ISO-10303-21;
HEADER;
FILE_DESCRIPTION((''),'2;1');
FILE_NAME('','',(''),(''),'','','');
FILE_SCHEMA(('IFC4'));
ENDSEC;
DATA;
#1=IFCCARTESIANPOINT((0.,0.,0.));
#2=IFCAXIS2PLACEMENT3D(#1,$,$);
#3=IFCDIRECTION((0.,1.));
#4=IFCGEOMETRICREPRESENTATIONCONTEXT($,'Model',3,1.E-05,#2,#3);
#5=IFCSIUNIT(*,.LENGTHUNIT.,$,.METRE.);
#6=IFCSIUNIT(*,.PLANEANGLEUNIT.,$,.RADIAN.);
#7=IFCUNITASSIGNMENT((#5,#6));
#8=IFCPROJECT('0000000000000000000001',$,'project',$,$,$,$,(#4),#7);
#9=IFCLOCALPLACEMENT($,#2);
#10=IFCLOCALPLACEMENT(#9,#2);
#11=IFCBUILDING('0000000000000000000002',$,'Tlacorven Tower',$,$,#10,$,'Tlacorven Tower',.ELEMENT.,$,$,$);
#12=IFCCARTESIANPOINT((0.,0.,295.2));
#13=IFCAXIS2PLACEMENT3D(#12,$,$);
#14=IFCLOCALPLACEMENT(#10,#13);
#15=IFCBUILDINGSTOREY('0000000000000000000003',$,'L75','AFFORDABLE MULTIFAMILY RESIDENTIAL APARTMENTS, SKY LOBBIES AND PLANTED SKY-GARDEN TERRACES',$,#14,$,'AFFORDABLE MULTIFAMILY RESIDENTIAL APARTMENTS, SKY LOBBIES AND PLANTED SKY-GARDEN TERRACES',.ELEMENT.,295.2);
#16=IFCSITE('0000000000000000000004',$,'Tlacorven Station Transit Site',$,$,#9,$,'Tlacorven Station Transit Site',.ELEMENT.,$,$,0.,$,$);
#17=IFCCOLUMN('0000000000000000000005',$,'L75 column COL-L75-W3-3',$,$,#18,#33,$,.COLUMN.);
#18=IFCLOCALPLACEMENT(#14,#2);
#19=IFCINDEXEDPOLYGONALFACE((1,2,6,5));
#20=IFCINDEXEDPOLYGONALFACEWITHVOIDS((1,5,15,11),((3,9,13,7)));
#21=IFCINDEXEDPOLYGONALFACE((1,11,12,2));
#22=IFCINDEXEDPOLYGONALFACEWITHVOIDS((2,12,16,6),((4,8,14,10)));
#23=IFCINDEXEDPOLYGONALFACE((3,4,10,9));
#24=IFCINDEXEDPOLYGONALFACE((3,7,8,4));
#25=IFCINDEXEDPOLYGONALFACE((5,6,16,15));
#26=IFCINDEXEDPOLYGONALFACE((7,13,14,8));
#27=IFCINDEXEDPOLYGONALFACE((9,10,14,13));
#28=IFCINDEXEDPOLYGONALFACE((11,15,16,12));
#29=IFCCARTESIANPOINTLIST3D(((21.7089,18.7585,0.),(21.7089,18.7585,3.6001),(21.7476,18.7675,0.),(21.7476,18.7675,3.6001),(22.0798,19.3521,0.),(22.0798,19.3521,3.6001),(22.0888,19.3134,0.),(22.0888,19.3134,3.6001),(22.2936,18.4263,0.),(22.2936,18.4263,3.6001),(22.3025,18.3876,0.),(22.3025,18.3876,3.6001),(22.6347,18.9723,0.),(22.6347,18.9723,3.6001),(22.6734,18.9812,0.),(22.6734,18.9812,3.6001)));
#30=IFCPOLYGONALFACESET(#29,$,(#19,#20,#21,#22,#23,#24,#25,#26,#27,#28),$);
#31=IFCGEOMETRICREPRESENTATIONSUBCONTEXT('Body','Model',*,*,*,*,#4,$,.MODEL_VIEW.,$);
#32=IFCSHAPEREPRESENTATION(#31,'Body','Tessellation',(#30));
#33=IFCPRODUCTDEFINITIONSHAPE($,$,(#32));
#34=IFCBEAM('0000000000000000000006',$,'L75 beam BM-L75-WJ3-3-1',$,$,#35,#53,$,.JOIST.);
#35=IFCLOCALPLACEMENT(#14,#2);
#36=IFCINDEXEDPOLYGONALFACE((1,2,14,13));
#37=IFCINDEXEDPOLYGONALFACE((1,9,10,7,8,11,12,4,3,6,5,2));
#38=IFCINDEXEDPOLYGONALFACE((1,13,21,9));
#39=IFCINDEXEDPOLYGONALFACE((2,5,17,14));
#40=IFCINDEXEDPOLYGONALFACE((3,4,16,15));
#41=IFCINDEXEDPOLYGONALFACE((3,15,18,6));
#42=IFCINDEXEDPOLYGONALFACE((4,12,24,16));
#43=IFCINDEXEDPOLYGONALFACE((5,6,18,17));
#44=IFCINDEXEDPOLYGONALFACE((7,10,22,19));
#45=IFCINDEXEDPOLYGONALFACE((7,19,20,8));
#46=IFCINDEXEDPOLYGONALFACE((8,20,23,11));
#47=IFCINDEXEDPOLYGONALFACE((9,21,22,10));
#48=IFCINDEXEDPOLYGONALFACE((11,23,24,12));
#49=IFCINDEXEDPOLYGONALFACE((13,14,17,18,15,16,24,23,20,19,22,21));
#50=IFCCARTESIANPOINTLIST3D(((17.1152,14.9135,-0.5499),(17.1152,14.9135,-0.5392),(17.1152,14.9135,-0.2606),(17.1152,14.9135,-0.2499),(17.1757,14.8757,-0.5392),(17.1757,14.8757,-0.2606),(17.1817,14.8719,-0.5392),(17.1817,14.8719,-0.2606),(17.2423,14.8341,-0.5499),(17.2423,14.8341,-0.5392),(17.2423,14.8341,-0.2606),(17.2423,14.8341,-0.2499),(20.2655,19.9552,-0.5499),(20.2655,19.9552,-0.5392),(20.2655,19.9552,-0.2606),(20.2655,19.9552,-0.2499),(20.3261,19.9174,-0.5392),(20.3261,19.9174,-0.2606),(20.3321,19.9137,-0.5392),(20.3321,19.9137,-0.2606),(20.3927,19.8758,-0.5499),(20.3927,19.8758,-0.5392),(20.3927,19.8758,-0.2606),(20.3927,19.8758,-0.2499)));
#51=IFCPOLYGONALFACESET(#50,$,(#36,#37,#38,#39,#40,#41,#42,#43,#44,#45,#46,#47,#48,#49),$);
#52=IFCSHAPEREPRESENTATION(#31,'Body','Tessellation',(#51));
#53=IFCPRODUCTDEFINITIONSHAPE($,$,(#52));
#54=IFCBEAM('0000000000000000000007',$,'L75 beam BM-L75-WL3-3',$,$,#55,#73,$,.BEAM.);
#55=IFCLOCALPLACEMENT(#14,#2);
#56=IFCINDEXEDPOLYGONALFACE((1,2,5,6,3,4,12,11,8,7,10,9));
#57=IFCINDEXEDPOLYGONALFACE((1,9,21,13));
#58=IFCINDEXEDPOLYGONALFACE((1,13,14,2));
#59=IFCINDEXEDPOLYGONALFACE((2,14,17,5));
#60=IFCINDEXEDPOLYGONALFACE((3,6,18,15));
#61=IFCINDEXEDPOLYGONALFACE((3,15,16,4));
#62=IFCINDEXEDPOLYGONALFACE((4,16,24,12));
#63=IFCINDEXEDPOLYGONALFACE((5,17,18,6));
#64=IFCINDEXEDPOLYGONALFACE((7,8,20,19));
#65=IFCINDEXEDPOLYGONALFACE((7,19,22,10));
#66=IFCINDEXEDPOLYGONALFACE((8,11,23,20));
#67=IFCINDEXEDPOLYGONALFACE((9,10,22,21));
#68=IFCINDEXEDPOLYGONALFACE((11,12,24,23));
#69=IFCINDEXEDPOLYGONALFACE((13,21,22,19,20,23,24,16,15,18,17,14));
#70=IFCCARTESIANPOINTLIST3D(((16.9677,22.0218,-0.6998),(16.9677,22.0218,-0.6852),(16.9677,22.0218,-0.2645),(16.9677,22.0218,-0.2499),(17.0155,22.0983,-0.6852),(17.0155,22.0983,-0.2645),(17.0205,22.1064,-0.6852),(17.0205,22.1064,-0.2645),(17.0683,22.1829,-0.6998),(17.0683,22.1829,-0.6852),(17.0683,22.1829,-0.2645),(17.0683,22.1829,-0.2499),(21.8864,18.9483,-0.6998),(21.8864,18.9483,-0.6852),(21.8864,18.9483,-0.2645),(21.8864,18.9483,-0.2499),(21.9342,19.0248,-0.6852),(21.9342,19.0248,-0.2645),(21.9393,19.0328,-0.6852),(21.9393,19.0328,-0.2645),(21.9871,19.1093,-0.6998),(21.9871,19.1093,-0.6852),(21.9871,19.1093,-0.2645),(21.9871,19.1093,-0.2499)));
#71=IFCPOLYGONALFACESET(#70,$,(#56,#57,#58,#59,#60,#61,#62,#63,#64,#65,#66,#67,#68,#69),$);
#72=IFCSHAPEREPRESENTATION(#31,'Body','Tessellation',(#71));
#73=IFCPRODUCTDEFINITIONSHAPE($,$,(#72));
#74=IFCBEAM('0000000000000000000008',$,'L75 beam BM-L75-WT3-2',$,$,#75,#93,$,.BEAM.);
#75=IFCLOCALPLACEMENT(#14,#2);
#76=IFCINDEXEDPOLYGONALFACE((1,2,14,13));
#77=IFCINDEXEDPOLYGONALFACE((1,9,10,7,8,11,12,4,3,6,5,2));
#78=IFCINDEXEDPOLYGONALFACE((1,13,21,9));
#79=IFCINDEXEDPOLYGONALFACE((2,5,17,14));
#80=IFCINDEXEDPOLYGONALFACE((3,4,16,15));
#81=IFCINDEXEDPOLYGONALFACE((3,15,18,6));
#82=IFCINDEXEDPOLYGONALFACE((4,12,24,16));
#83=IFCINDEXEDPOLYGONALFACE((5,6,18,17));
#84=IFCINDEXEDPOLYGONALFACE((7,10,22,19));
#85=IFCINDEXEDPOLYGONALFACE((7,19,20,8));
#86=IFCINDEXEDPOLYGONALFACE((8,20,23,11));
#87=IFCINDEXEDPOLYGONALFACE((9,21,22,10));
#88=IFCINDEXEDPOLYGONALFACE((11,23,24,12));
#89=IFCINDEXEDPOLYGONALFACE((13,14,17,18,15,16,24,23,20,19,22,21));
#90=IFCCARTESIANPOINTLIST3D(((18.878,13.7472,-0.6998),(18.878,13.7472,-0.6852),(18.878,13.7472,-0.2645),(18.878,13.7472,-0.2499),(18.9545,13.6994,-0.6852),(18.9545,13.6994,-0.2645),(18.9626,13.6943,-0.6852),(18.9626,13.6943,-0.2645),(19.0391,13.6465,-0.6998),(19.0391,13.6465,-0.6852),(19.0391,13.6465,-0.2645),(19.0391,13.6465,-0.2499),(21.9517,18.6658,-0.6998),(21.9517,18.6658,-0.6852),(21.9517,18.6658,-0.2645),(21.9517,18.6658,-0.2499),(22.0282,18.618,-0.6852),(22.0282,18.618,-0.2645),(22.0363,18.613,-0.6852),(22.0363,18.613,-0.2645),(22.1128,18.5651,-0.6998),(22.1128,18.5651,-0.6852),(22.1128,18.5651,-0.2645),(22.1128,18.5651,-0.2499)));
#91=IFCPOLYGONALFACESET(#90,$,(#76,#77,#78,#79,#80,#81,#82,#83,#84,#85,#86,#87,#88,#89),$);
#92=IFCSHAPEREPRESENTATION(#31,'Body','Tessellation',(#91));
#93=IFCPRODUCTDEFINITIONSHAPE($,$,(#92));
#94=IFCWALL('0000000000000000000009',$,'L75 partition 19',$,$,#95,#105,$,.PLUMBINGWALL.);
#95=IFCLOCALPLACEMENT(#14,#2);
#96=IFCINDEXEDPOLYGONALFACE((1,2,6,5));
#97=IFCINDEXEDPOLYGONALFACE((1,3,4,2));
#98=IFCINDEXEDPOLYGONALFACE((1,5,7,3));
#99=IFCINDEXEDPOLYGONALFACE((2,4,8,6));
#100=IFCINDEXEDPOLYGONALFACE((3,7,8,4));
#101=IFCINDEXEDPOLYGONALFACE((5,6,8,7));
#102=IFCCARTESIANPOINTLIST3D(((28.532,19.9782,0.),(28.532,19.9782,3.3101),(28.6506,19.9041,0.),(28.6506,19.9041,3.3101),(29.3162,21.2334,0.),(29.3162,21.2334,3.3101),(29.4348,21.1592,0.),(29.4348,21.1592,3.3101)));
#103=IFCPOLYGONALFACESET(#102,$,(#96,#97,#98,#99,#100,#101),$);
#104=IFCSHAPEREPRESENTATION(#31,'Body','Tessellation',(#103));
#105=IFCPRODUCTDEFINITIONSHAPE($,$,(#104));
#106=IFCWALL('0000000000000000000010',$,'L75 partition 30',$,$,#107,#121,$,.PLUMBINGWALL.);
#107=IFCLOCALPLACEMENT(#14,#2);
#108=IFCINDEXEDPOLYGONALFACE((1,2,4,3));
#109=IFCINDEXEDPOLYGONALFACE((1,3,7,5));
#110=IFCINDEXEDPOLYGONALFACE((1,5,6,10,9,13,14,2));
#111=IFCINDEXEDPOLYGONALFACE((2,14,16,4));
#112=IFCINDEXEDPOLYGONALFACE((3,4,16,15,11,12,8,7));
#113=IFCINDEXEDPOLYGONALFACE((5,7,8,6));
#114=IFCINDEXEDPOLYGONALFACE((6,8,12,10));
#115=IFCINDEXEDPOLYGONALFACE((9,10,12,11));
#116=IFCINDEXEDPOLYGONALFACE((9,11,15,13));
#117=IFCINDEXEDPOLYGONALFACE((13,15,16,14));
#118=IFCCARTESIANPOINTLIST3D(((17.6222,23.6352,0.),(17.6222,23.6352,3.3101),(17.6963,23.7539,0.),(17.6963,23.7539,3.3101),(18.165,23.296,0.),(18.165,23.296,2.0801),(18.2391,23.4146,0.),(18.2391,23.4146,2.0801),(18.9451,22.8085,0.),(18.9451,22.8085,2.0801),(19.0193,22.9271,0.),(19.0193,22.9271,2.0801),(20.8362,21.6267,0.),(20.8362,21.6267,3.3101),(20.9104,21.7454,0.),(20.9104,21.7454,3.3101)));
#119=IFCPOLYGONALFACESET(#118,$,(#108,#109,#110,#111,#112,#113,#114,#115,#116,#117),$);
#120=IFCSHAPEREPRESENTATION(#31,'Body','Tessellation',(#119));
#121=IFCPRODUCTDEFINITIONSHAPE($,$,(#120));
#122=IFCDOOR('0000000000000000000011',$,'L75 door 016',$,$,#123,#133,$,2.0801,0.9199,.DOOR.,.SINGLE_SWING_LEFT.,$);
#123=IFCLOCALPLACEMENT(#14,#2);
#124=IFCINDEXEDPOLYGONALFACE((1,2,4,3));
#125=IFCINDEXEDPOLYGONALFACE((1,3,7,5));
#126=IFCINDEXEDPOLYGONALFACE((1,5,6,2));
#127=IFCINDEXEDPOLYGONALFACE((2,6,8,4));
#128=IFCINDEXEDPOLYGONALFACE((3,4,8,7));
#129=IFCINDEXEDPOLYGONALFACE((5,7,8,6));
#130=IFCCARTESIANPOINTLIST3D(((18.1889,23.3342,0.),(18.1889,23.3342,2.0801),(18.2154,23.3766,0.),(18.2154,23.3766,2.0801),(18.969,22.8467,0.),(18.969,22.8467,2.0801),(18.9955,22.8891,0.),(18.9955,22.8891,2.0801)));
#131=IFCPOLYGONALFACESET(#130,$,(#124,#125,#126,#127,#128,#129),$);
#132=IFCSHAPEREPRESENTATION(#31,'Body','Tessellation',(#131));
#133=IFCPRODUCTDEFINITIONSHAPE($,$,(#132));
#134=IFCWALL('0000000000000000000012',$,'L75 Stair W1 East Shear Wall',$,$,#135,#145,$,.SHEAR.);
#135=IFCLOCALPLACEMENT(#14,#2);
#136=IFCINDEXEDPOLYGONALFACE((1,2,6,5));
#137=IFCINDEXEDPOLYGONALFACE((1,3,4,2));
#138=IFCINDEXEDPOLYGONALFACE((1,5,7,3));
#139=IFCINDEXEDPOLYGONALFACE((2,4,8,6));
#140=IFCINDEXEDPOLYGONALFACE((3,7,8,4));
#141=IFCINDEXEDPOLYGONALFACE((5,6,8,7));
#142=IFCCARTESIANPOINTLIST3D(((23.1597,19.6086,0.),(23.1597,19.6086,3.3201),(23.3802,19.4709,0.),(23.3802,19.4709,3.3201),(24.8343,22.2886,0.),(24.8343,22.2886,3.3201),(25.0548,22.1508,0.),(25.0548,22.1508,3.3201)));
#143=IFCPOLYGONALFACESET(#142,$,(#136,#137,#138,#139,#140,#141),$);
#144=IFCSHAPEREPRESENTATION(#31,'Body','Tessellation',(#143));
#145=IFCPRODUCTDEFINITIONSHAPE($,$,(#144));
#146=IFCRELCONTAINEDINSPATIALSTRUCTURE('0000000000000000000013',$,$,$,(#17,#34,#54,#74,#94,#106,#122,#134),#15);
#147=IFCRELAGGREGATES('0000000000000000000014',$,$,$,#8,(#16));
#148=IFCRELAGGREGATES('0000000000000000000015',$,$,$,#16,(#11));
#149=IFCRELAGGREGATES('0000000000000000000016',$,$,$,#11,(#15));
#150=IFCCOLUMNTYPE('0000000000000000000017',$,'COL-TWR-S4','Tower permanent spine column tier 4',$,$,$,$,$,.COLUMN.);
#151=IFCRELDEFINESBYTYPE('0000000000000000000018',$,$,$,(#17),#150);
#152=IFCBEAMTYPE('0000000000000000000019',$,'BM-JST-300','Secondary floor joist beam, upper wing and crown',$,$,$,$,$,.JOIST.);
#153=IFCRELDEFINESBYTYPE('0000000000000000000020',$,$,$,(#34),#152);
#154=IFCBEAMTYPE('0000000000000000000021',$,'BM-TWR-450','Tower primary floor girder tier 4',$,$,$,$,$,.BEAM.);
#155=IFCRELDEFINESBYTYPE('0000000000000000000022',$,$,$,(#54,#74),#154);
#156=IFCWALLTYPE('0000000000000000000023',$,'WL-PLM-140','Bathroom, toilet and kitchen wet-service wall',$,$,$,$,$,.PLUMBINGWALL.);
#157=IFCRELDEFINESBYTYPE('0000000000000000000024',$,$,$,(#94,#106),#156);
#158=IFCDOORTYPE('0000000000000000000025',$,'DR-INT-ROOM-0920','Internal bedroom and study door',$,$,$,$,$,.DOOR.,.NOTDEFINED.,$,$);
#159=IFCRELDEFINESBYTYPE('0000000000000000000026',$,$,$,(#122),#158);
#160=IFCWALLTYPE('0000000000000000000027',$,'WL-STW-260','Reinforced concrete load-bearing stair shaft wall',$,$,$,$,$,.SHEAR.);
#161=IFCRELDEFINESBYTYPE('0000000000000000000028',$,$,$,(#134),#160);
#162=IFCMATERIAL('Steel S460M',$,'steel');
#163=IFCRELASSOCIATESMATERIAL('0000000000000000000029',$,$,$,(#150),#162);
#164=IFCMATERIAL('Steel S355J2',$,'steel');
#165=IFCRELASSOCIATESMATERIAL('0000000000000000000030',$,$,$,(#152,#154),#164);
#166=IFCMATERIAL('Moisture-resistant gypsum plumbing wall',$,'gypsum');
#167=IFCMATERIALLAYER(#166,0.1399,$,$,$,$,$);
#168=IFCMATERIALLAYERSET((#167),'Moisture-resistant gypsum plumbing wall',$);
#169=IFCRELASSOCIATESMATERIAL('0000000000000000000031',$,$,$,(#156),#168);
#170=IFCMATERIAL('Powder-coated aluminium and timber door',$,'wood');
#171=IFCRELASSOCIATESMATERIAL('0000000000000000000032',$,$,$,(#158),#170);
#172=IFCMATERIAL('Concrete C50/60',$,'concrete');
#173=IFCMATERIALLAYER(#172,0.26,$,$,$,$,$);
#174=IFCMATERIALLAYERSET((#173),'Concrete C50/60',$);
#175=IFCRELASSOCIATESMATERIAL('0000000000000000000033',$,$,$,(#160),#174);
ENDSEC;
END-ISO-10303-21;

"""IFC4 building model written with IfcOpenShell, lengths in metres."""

from ifc_helpers import new_model, si_unit, direction, frame, frame_2d, origin, origin_2d, place, context, subcontext, project, spatial, rectangle, hollow_rectangle, i_section, extrude, source, transform, mapped, material, layer, layer_set, material_profile, profile_set, type_object, element, fill, save


model = new_model("IFC4")

# Units and contexts
model_context = context("Model", 3, precision=1e-05, world=origin(), true_north=direction((0.0, 1.0)))
body_context = subcontext(model_context, "Body", "Model", "MODEL_VIEW")
ifc_project = project(units=[si_unit("LENGTHUNIT", "METRE"), si_unit("PLANEANGLEUNIT", "RADIAN")], contexts=[model_context])

# Site, building, storey
site_placement = place(None, origin())
site = spatial("IfcSite", under=ifc_project, at=site_placement, Name="Tlacorven Station Transit Site", LongName="Tlacorven Station Transit Site", CompositionType="ELEMENT", RefElevation=0.0)
building_placement = place(site_placement, origin())
building = spatial("IfcBuilding", under=site, at=building_placement, Name="Tlacorven Tower", LongName="Tlacorven Tower", CompositionType="ELEMENT")
storey_placement = place(building_placement, frame((0.0, 0.0, 295.2)))
storey = spatial("IfcBuildingStorey", under=building, at=storey_placement, Name="L75", Description="AFFORDABLE MULTIFAMILY RESIDENTIAL APARTMENTS, SKY LOBBIES AND PLANTED SKY-GARDEN TERRACES", LongName="AFFORDABLE MULTIFAMILY RESIDENTIAL APARTMENTS, SKY LOBBIES AND PLANTED SKY-GARDEN TERRACES", CompositionType="ELEMENT", Elevation=295.2)

# Column
ifc_material_1 = material(Name="Steel S460M", Category="steel")
ifc_material_profile_1 = material_profile(ifc_material_1, hollow_rectangle(XDim=0.7, YDim=0.7, WallThickness=0.0281, at=origin_2d()), Name="BOX 700X700X28")
ifc_profile_set_1 = profile_set([ifc_material_profile_1], Name="Steel S460M")
column_type = type_object("IfcColumnType", Name="COL-TWR-S4", Description="Tower permanent spine column tier 4", PredefinedType="COLUMN", material=ifc_profile_set_1)
shared_shape_1 = source(origin(), body_context, "Body", "SweptSolid", [
    extrude(hollow_rectangle(XDim=0.7, YDim=0.7, WallThickness=0.0281, at=origin_2d()), origin(), (0.0, 0.0, 1.0), 3.6001),
])
column_placement = place(storey_placement, frame((22.1912, 18.8699, 0.0), z_axis=(0.0, 0.0, 1.0), x_axis=(-0.848048, 0.529919, 0.0)))
element("IfcColumn", 1, at=column_placement, inside=storey, type_object=column_type, Name="L75 column COL-L75-W3-3", PredefinedType="COLUMN", context=body_context, shape_type="MappedRepresentation", body=[
    mapped(shared_shape_1, transform((0.0, 0.0, 0.0), scale=1.0)),
])

# Beams
ifc_material_2 = material(Name="Steel S355J2", Category="steel")
ifc_material_profile_2 = material_profile(ifc_material_2, i_section(OverallWidth=0.1499, OverallDepth=0.3, WebThickness=0.0071, FlangeThickness=0.0107, at=origin_2d()), Name="IPE 300")
ifc_profile_set_2 = profile_set([ifc_material_profile_2], Name="Steel S355J2")
beam_type_1 = type_object("IfcBeamType", Name="BM-JST-300", Description="Secondary floor joist beam, upper wing and crown", PredefinedType="JOIST", material=ifc_profile_set_2)
shared_shape_2 = source(origin(), body_context, "Body", "SweptSolid", [
    extrude(i_section(OverallWidth=0.1499, OverallDepth=0.3, WebThickness=0.0071, FlangeThickness=0.0107, at=origin_2d()), origin(), (0.0, 0.0, 1.0), 5.9451),
])
beam_placement = place(storey_placement, frame((20.3291, 19.9155, -0.3999), z_axis=(-0.529914, -0.848051, 0.0), x_axis=(0.848051, -0.529914, 0.0)))
element("IfcBeam", 2, at=beam_placement, inside=storey, type_object=beam_type_1, Name="L75 beam BM-L75-WJ3-3-1", PredefinedType="JOIST", context=body_context, shape_type="MappedRepresentation", body=[
    mapped(shared_shape_2, transform((0.0, 0.0, 0.0), scale=1.0)),
])
ifc_material_profile_3 = material_profile(ifc_material_2, i_section(OverallWidth=0.1899, OverallDepth=0.45, WebThickness=0.0095, FlangeThickness=0.0146, at=origin_2d()), Name="IPE 450")
ifc_profile_set_3 = profile_set([ifc_material_profile_3], Name="Steel S355J2")
beam_type_2 = type_object("IfcBeamType", Name="BM-TWR-450", Description="Tower primary floor girder tier 4", PredefinedType="BEAM", material=ifc_profile_set_3)
shared_shape_3 = source(origin(), body_context, "Body", "SweptSolid", [
    extrude(i_section(OverallWidth=0.1899, OverallDepth=0.45, WebThickness=0.0095, FlangeThickness=0.0146, at=origin_2d()), origin(), (0.0, 0.0, 1.0), 5.8),
])
for number, where, z_axis, x_axis, name in (
    (3, (21.9368, 19.0288, -0.4749), (-0.848053, 0.529912, 0.0), (-0.529912, -0.848053, 0.0), "L75 beam BM-L75-WL3-3"),
    (4, (22.0322, 18.6155, -0.4749), (-0.529942, -0.848034, 0.0), (0.848034, -0.529942, 0.0), "L75 beam BM-L75-WT3-2"),
):
    element("IfcBeam", number, at=place(storey_placement, frame(where, z_axis=z_axis, x_axis=x_axis)), inside=storey, type_object=beam_type_2, Name=name, PredefinedType="BEAM", context=body_context, shape_type="MappedRepresentation", body=[
        mapped(shared_shape_3, transform((0.0, 0.0, 0.0), scale=1.0)),
    ])

# Wall
ifc_material_3 = material(Name="Moisture-resistant gypsum plumbing wall", Category="gypsum")
ifc_layer_1 = layer(ifc_material_3, 0.1399)
ifc_layer_set_1 = layer_set([ifc_layer_1], Name="Moisture-resistant gypsum plumbing wall")
wall_type_1 = type_object("IfcWallType", Name="WL-PLM-140", Description="Bathroom, toilet and kitchen wet-service wall", PredefinedType="PLUMBINGWALL", material=ifc_layer_set_1)
wall_1_placement = place(storey_placement, frame((29.3755, 21.1963, 0.0), z_axis=(0.0, 0.0, 1.0), x_axis=(-0.529865, -0.848082, 0.0)))
element("IfcWall", 5, at=wall_1_placement, inside=storey, type_object=wall_type_1, Name="L75 partition 19", PredefinedType="PLUMBINGWALL", context=body_context, shape_type="SweptSolid", body=[
    extrude(rectangle(XDim=1.48, YDim=0.1399, at=frame_2d((0.74, 0.0))), origin(), (0.0, 0.0, 1.0), 3.3101),
])

# Wall, opening, door
wall_2_placement = place(storey_placement, frame((20.8733, 21.686, 0.0), z_axis=(0.0, 0.0, 1.0), x_axis=(-0.848031, 0.529947, 0.0)))
wall_2 = element("IfcWall", 6, at=wall_2_placement, inside=storey, type_object=wall_type_1, Name="L75 partition 30", PredefinedType="PLUMBINGWALL", context=body_context, shape_type="SweptSolid", body=[
    extrude(rectangle(XDim=3.79, YDim=0.1399, at=frame_2d((1.895, 0.0))), origin(), (0.0, 0.0, 1.0), 3.3101),
])
opening_placement = place(wall_2_placement, frame((2.23, 0.0, 0.0)))
opening = element("IfcOpeningElement", 7, at=opening_placement, cuts=wall_2, PredefinedType="OPENING", context=body_context, shape_type="SweptSolid", body=[
    extrude(rectangle(XDim=0.9199, YDim=2.0801, at=frame_2d((0.46, 1.04))), frame((0.0, 0.0801, 0.0), z_axis=(0.0, -1.0, 0.0), x_axis=(1.0, 0.0, 0.0)), (0.0, 0.0, 1.0), 0.1599),
])
ifc_material_4 = material(Name="Powder-coated aluminium and timber door", Category="wood")
door_type = type_object("IfcDoorType", Name="DR-INT-ROOM-0920", Description="Internal bedroom and study door", OperationType="NOTDEFINED", PredefinedType="DOOR", material=ifc_material_4)
shared_shape_4 = source(origin(), body_context, "Body", "SweptSolid", [
    extrude(rectangle(XDim=0.9199, YDim=2.0801, at=frame_2d((0.46, 1.04))), frame((0.0, 0.0249, 0.0), z_axis=(0.0, -1.0, 0.0), x_axis=(1.0, 0.0, 0.0)), (0.0, 0.0, 1.0), 0.05),
])
door_placement = place(opening_placement, origin())
door = element("IfcDoor", 8, at=door_placement, inside=storey, type_object=door_type, Name="L75 door 016", OperationType="SINGLE_SWING_LEFT", OverallHeight=2.0801, OverallWidth=0.9199, PredefinedType="DOOR", context=body_context, shape_type="MappedRepresentation", body=[
    mapped(shared_shape_4, transform((0.0, 0.0, 0.0), scale=1.0)),
])
fill(opening, door)

# Wall
ifc_material_5 = material(Name="Concrete C50/60", Category="concrete")
ifc_layer_2 = layer(ifc_material_5, 0.26)
ifc_layer_set_2 = layer_set([ifc_layer_2], Name="Concrete C50/60")
wall_type_2 = type_object("IfcWallType", Name="WL-STW-260", Description="Reinforced concrete load-bearing stair shaft wall", PredefinedType="SHEAR", material=ifc_layer_set_2)
wall_3_placement = place(storey_placement, frame((24.9446, 22.2197, 0.0), z_axis=(0.0, 0.0, 1.0), x_axis=(-0.529909, -0.848055, 0.0)))
element("IfcWall", 9, at=wall_3_placement, inside=storey, type_object=wall_type_2, Name="L75 Stair W1 East Shear Wall", PredefinedType="SHEAR", context=body_context, shape_type="SweptSolid", body=[
    extrude(rectangle(XDim=3.1602, YDim=0.26, at=frame_2d((1.5801, 0.0))), origin(), (0.0, 0.0, 1.0), 3.3201),
])

save(model, "model.ifc")
